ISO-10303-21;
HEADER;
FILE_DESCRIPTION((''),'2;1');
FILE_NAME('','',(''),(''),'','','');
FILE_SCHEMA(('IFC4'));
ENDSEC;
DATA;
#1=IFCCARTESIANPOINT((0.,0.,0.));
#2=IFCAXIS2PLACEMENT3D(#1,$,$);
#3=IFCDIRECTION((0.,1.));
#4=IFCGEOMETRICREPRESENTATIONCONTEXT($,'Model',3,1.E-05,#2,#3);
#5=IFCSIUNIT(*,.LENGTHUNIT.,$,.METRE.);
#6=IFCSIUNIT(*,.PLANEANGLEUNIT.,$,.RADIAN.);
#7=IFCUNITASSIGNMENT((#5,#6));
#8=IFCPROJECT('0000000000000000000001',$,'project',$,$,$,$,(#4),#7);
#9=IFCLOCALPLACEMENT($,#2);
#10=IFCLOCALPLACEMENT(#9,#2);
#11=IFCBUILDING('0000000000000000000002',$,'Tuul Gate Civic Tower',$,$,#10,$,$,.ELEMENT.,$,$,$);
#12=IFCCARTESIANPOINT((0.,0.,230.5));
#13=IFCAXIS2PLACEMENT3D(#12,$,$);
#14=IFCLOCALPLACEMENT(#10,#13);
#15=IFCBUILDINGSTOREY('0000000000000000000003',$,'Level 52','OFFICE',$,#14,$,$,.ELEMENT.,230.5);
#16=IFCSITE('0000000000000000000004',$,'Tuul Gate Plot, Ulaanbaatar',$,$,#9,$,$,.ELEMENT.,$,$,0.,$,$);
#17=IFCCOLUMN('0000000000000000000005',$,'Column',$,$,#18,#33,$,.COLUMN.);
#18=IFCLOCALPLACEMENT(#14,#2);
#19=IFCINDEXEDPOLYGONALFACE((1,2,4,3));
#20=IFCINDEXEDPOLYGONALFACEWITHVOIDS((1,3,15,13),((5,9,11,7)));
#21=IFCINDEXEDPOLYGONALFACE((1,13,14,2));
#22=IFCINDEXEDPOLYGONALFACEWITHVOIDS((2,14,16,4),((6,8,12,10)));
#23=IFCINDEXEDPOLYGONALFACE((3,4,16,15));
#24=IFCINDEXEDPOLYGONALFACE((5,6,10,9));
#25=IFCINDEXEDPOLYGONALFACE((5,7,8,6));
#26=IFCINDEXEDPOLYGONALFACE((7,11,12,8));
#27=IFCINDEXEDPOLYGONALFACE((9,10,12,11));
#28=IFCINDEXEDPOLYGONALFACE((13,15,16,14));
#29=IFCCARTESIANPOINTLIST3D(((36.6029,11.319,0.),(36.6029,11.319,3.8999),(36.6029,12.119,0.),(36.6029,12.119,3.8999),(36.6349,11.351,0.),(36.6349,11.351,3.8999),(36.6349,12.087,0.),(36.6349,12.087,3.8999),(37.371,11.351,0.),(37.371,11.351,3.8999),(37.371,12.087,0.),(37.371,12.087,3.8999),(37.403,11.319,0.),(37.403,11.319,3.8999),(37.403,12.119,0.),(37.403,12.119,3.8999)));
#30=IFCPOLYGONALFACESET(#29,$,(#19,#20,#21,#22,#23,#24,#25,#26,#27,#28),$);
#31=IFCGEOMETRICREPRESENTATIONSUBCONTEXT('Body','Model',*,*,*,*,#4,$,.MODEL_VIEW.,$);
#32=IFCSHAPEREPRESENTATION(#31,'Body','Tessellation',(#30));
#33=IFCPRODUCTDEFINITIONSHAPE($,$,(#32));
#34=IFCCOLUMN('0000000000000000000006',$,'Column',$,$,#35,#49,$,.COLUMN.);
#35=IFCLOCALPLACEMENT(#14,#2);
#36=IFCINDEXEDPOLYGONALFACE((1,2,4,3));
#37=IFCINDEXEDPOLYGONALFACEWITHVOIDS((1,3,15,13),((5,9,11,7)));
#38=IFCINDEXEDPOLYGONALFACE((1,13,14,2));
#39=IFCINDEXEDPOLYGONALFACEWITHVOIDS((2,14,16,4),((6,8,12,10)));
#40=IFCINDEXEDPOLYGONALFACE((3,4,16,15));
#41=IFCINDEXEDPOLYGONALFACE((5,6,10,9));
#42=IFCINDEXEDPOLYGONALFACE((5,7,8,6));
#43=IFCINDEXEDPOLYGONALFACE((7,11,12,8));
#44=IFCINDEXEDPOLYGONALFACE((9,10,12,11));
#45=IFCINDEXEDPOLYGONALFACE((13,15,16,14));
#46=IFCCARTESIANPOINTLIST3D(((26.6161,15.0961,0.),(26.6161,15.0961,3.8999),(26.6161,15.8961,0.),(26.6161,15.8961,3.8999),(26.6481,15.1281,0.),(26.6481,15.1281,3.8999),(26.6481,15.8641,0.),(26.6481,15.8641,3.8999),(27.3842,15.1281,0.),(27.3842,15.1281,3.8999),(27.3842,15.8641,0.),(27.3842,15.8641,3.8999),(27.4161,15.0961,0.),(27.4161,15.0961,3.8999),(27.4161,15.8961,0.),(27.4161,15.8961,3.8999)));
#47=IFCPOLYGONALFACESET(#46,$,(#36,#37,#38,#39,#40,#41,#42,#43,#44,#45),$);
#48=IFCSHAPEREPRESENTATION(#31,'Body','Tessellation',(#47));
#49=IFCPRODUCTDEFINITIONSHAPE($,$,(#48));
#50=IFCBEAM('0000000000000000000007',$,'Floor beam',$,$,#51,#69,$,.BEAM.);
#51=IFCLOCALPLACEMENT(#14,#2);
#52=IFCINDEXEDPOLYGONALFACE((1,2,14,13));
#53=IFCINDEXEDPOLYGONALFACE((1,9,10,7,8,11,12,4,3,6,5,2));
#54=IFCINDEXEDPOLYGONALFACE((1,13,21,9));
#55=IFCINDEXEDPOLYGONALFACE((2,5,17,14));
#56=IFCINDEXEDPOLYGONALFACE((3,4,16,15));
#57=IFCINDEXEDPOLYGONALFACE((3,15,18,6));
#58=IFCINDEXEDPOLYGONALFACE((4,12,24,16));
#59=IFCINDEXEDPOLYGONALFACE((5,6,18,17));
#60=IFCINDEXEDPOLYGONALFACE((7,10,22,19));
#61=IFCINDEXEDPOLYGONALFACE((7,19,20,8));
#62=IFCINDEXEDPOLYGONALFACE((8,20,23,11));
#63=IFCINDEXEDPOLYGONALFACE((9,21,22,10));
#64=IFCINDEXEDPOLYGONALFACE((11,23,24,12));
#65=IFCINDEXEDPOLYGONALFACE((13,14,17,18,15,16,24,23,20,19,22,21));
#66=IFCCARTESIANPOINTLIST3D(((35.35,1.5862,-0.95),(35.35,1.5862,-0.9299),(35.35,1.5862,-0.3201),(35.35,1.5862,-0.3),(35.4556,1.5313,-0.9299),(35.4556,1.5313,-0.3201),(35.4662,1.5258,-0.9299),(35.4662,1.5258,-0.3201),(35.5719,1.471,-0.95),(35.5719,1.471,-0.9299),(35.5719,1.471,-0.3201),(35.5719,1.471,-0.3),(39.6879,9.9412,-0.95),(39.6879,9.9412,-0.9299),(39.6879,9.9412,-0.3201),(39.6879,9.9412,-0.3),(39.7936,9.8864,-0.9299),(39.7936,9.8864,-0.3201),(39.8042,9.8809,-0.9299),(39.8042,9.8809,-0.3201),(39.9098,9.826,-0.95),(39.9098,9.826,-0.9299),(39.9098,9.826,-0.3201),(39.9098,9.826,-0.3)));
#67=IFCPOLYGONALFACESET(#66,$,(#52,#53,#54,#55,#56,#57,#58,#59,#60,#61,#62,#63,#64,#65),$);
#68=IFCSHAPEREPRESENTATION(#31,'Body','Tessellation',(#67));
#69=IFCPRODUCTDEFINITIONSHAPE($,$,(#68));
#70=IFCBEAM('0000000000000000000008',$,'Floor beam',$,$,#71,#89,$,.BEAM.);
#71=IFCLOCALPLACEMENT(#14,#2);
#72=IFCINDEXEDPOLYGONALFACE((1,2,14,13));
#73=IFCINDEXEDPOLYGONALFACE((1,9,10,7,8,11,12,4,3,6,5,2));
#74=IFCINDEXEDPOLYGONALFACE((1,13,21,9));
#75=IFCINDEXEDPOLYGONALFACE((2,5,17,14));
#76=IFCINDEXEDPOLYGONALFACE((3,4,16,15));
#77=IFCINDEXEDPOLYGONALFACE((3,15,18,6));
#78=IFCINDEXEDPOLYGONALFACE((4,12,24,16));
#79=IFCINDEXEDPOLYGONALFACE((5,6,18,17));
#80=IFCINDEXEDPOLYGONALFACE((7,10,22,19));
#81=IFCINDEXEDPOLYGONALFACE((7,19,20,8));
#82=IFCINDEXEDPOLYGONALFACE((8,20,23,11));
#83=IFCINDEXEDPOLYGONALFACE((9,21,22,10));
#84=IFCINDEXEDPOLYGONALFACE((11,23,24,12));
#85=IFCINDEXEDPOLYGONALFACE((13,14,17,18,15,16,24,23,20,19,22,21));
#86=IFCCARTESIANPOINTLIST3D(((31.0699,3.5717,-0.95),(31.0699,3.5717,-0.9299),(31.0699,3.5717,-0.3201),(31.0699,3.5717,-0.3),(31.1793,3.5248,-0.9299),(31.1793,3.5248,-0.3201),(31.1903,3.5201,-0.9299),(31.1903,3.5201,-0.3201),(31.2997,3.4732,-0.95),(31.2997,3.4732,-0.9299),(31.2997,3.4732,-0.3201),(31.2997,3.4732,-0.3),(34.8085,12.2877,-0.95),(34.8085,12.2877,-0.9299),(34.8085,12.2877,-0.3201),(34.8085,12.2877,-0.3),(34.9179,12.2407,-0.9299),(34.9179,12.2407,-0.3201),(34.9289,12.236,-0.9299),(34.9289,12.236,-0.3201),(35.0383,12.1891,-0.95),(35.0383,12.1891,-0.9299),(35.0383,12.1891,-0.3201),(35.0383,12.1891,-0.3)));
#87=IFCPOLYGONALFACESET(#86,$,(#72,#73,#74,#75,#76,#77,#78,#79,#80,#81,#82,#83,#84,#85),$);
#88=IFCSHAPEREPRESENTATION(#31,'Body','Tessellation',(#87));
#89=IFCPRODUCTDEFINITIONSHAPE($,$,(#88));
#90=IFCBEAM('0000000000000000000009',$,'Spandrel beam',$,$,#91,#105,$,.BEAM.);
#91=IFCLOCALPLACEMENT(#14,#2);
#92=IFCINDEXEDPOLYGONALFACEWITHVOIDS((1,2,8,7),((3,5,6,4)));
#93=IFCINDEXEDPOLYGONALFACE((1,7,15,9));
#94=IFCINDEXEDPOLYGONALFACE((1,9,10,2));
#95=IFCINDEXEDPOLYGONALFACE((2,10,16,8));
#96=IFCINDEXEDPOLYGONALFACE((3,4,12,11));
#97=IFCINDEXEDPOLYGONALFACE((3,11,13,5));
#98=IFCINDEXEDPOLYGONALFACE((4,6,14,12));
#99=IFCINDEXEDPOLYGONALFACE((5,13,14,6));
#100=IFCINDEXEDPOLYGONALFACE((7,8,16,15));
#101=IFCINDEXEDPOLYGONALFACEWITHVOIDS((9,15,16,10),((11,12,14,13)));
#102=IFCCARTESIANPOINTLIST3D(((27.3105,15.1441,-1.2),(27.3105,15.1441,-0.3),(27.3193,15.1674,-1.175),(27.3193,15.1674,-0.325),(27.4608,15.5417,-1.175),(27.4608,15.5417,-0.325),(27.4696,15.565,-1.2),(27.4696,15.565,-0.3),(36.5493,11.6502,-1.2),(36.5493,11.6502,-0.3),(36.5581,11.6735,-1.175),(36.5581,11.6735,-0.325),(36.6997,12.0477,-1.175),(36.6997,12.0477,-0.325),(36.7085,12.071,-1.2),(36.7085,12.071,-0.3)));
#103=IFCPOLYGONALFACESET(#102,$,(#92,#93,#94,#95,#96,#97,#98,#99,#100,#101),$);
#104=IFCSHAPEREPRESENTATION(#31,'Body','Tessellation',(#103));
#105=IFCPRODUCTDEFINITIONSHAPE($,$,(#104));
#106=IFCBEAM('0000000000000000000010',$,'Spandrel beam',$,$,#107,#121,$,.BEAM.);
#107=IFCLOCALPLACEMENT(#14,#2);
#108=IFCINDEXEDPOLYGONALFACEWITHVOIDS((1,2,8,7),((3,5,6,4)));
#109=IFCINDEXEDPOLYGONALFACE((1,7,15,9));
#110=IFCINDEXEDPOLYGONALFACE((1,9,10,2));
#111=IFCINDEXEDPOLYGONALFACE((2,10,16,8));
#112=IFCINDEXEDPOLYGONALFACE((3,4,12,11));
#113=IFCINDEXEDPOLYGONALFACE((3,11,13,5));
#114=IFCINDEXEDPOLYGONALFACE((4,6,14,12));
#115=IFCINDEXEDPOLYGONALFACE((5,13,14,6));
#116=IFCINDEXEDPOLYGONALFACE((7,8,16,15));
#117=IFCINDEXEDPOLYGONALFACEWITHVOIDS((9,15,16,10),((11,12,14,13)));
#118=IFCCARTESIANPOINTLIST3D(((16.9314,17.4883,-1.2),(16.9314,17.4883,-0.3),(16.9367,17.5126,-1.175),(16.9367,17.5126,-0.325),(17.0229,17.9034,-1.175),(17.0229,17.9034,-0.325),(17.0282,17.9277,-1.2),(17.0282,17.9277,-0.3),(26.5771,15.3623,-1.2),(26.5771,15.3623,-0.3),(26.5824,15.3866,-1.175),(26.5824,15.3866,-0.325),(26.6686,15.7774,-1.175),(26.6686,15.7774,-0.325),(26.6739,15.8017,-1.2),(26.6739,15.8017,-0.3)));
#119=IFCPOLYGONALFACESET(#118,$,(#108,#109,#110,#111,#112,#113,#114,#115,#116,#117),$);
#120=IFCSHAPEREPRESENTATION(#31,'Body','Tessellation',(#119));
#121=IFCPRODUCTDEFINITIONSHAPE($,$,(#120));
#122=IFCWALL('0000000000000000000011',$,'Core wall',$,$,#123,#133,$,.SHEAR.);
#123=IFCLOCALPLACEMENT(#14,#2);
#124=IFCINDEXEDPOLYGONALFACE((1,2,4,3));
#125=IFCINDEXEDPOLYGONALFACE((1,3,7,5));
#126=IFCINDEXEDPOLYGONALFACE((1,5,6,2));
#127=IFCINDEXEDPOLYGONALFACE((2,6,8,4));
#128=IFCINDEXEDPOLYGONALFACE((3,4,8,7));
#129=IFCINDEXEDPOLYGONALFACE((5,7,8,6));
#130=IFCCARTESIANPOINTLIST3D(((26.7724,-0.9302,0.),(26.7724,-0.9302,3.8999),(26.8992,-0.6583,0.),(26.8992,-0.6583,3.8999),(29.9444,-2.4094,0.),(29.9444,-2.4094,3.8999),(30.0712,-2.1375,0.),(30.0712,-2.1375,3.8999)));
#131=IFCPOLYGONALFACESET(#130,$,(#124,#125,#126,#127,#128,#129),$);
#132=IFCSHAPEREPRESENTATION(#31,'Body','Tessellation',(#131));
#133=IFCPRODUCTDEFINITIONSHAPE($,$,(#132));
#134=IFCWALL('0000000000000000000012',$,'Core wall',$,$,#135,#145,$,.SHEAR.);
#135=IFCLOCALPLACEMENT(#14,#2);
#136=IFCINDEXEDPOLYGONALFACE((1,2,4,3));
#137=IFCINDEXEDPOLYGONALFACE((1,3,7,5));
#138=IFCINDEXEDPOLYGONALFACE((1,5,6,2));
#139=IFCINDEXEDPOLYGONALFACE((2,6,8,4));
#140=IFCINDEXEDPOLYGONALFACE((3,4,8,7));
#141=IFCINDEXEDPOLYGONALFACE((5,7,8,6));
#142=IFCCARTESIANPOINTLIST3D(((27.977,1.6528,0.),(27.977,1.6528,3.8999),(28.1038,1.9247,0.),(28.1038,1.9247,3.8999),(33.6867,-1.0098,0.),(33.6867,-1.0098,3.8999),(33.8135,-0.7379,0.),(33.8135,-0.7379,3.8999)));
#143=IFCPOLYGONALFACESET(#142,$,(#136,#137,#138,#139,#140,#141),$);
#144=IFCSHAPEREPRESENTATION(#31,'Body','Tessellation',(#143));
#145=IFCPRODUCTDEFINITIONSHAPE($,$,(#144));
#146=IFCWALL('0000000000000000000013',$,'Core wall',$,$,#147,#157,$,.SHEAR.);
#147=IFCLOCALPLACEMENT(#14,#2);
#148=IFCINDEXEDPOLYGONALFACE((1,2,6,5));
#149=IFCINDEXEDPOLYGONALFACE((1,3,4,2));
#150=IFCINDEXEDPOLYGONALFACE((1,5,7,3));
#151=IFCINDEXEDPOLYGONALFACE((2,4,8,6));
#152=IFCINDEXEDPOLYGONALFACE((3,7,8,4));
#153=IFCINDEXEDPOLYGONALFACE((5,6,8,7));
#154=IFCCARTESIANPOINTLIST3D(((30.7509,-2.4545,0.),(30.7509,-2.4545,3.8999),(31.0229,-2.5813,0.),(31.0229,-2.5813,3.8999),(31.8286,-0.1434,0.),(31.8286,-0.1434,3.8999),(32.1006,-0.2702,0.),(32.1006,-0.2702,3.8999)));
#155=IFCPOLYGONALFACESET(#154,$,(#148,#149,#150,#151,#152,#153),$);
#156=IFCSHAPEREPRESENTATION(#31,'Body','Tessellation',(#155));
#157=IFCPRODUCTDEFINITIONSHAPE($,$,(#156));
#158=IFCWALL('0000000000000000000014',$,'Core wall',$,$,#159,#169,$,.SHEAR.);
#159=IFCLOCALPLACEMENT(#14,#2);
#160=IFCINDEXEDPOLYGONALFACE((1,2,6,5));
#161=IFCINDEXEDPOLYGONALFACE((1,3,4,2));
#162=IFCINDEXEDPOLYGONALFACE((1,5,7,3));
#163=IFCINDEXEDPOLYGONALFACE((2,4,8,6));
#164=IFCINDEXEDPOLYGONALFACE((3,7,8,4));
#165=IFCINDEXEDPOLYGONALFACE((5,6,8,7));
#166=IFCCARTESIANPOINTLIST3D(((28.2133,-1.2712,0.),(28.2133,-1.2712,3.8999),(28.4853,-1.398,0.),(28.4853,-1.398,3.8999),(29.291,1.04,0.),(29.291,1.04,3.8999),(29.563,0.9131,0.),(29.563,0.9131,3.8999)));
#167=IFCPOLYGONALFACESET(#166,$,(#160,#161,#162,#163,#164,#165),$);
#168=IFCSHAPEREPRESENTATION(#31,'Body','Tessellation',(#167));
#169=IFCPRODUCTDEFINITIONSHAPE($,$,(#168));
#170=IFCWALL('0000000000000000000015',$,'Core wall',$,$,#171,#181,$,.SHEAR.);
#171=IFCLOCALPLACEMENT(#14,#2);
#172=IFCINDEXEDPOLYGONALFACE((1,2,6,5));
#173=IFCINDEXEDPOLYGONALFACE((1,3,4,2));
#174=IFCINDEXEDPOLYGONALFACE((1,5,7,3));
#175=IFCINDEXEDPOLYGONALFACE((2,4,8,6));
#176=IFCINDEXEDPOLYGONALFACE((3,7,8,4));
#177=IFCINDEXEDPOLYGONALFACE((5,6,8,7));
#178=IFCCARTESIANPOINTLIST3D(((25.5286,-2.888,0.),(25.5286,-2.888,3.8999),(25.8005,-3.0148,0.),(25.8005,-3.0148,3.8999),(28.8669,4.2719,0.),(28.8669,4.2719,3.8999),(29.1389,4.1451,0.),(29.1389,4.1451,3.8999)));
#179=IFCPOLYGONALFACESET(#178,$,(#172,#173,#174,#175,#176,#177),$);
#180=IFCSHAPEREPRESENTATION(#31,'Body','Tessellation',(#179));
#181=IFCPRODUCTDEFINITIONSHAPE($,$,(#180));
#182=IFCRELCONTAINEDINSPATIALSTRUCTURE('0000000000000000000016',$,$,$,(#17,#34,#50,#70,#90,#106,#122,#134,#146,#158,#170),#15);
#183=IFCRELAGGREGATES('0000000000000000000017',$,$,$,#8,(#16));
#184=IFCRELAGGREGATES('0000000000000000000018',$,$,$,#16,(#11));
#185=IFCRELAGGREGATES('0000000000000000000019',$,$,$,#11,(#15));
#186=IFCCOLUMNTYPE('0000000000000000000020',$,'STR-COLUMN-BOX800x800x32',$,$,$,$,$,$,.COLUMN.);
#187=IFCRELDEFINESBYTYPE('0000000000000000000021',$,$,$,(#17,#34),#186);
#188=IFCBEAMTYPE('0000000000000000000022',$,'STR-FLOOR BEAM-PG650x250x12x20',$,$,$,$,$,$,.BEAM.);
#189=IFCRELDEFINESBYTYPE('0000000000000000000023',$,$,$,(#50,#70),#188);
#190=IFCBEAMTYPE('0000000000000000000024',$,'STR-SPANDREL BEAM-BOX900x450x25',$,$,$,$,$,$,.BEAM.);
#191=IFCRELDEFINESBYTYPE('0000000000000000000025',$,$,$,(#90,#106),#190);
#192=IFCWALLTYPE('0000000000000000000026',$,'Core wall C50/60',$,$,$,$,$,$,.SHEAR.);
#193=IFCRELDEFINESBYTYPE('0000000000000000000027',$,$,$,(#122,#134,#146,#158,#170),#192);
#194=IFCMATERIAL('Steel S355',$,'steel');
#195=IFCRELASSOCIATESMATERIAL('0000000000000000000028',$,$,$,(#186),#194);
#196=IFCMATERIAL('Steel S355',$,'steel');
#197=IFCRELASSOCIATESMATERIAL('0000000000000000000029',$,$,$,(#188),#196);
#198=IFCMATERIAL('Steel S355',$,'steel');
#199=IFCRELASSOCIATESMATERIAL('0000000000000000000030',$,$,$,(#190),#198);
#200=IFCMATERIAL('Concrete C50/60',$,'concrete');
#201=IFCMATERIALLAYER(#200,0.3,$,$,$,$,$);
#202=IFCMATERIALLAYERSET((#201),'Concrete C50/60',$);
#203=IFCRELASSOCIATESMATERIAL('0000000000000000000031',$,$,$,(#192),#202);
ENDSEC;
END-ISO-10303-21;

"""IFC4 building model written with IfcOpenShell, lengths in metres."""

from ifc_helpers import new_model, si_unit, direction, frame, frame_2d, origin, origin_2d, place, context, subcontext, project, spatial, rectangle, hollow_rectangle, i_section, extrude, material, layer, layer_set, material_profile, profile_set, type_object, element, save


model = new_model("IFC4")

# Units and contexts
model_context = context("Model", 3, precision=1e-05, world=origin(), true_north=direction((0.0, 1.0)))
body_context = subcontext(model_context, "Body", "Model", "MODEL_VIEW")
ifc_project = project(units=[si_unit("LENGTHUNIT", "METRE"), si_unit("PLANEANGLEUNIT", "RADIAN")], contexts=[model_context])

# Site, building, storey
site_placement = place(None, origin())
site = spatial("IfcSite", under=ifc_project, at=site_placement, Name="Tuul Gate Plot, Ulaanbaatar", CompositionType="ELEMENT", RefElevation=0.0)
building_placement = place(site_placement, origin())
building = spatial("IfcBuilding", under=site, at=building_placement, Name="Tuul Gate Civic Tower", CompositionType="ELEMENT")
storey_placement = place(building_placement, frame((0.0, 0.0, 230.5)))
storey = spatial("IfcBuildingStorey", under=building, at=storey_placement, Name="Level 52", Description="OFFICE", CompositionType="ELEMENT", Elevation=230.5)

# Columns
ifc_material_1 = material(Name="Steel S355", Category="steel")
ifc_material_profile_1 = material_profile(ifc_material_1, hollow_rectangle(XDim=0.8, YDim=0.8, WallThickness=0.032, at=origin_2d()), Name="BOX800x800x32")
ifc_profile_set_1 = profile_set([ifc_material_profile_1], Name="Steel S355")
column_type = type_object("IfcColumnType", Name="STR-COLUMN-BOX800x800x32", PredefinedType="COLUMN", material=ifc_profile_set_1)
for number, where, z_axis, x_axis, name in (
    (1, (37.0029, 11.719, 0.0), (0.0, 0.0, 1.0), (1.0, 0.0, 0.0), "Column"),
    (2, (27.0161, 15.4961, 0.0), (0.0, 0.0, 1.0), (1.0, 0.0, 0.0), "Column"),
):
    element("IfcColumn", number, at=place(storey_placement, frame(where, z_axis=z_axis, x_axis=x_axis)), inside=storey, type_object=column_type, Name=name, PredefinedType="COLUMN", context=body_context, shape_type="SweptSolid", body=[
        extrude(hollow_rectangle(XDim=0.8, YDim=0.8, WallThickness=0.032, at=origin_2d()), origin(), (0.0, 0.0, 1.0), 3.8999),
    ])

# Beams
ifc_material_2 = material(Name="Steel S355", Category="steel")
ifc_material_profile_2 = material_profile(ifc_material_2, i_section(OverallWidth=0.25, OverallDepth=0.6499, WebThickness=0.012, FlangeThickness=0.02, at=origin_2d()), Name="PG650x250x12x20")
ifc_profile_set_2 = profile_set([ifc_material_profile_2], Name="Steel S355")
beam_type_1 = type_object("IfcBeamType", Name="STR-FLOOR BEAM-PG650x250x12x20", PredefinedType="BEAM", material=ifc_profile_set_2)
beam_1_placement = place(storey_placement, frame((35.4609, 1.5286, -0.625), z_axis=(0.460792, 0.887508, 0.0), x_axis=(-0.887508, 0.460792, 0.0)))
element("IfcBeam", 3, at=beam_1_placement, inside=storey, type_object=beam_type_1, Name="Floor beam", PredefinedType="BEAM", context=body_context, shape_type="SweptSolid", body=[
    extrude(i_section(OverallWidth=0.25, OverallDepth=0.6499, WebThickness=0.012, FlangeThickness=0.02, at=origin_2d()), origin(), (0.0, 0.0, 1.0), 9.4141),
])
beam_2_placement = place(storey_placement, frame((31.1848, 3.5225, -0.625), z_axis=(0.394202, 0.919024, 0.0), x_axis=(-0.919024, 0.394202, 0.0)))
element("IfcBeam", 4, at=beam_2_placement, inside=storey, type_object=beam_type_1, Name="Floor beam", PredefinedType="BEAM", context=body_context, shape_type="SweptSolid", body=[
    extrude(i_section(OverallWidth=0.25, OverallDepth=0.6499, WebThickness=0.012, FlangeThickness=0.02, at=origin_2d()), origin(), (0.0, 0.0, 1.0), 9.4839),
])
ifc_material_3 = material(Name="Steel S355", Category="steel")
ifc_material_profile_3 = material_profile(ifc_material_3, hollow_rectangle(XDim=0.45, YDim=0.8999, WallThickness=0.0249, at=origin_2d()), Name="BOX900x450x25")
ifc_profile_set_3 = profile_set([ifc_material_profile_3], Name="Steel S355")
beam_type_2 = type_object("IfcBeamType", Name="STR-SPANDREL BEAM-BOX900x450x25", PredefinedType="BEAM", material=ifc_profile_set_3)
beam_3_placement = place(storey_placement, frame((36.6289, 11.8606, -0.75), z_axis=(-0.935348, 0.353728, 0.0), x_axis=(-0.353728, -0.935348, 0.0)))
element("IfcBeam", 5, at=beam_3_placement, inside=storey, type_object=beam_type_2, Name="Spandrel beam", PredefinedType="BEAM", context=body_context, shape_type="SweptSolid", body=[
    extrude(hollow_rectangle(XDim=0.45, YDim=0.8999, WallThickness=0.0249, at=origin_2d()), origin(), (0.0, 0.0, 1.0), 9.8774),
])
beam_4_placement = place(storey_placement, frame((26.6255, 15.582, -0.75), z_axis=(-0.976561, 0.215239, 0.0), x_axis=(-0.215239, -0.976561, 0.0)))
element("IfcBeam", 6, at=beam_4_placement, inside=storey, type_object=beam_type_2, Name="Spandrel beam", PredefinedType="BEAM", context=body_context, shape_type="SweptSolid", body=[
    extrude(hollow_rectangle(XDim=0.45, YDim=0.8999, WallThickness=0.0249, at=origin_2d()), origin(), (0.0, 0.0, 1.0), 9.8772),
])

# Walls
ifc_material_4 = material(Name="Concrete C50/60", Category="concrete")
ifc_layer_1 = layer(ifc_material_4, 0.3)
ifc_layer_set_1 = layer_set([ifc_layer_1], Name="Concrete C50/60")
wall_type_1 = type_object("IfcWallType", Name="Core wall C50/60", PredefinedType="SHEAR", material=ifc_layer_set_1)
wall_1_placement = place(storey_placement, frame((30.0078, -2.2734, 0.0), z_axis=(0.0, 0.0, 1.0), x_axis=(-0.906301, 0.422633, 0.0)))
element("IfcWall", 7, at=wall_1_placement, inside=storey, type_object=wall_type_1, Name="Core wall", PredefinedType="SHEAR", context=body_context, shape_type="SweptSolid", body=[
    extrude(rectangle(XDim=3.5, YDim=0.3, at=frame_2d((1.75, 0.0))), origin(), (0.0, 0.0, 1.0), 3.8999),
])
wall_2_placement = place(storey_placement, frame((33.75, -0.8738, 0.0), z_axis=(0.0, 0.0, 1.0), x_axis=(-0.906301, 0.422633, 0.0)))
element("IfcWall", 8, at=wall_2_placement, inside=storey, type_object=wall_type_1, Name="Core wall", PredefinedType="SHEAR", context=body_context, shape_type="SweptSolid", body=[
    extrude(rectangle(XDim=6.3, YDim=0.3, at=frame_2d((3.1499, 0.0))), origin(), (0.0, 0.0, 1.0), 3.8999),
])
for number, where, z_axis, x_axis, name in (
    (9, (30.887, -2.5178, 0.0), (0.0, 0.0, 1.0), (0.422613, 0.90631, 0.0), "Core wall"),
    (10, (28.3494, -1.3345, 0.0), (0.0, 0.0, 1.0), (0.422613, 0.90631, 0.0), "Core wall"),
):
    element("IfcWall", number, at=place(storey_placement, frame(where, z_axis=z_axis, x_axis=x_axis)), inside=storey, type_object=wall_type_1, Name=name, PredefinedType="SHEAR", context=body_context, shape_type="SweptSolid", body=[
        extrude(rectangle(XDim=2.55, YDim=0.3, at=frame_2d((1.2749, 0.0))), origin(), (0.0, 0.0, 1.0), 3.8999),
    ])
wall_3_placement = place(storey_placement, frame((25.6646, -2.9514, 0.0), z_axis=(0.0, 0.0, 1.0), x_axis=(0.422583, 0.906324, 0.0)))
element("IfcWall", 11, at=wall_3_placement, inside=storey, type_object=wall_type_1, Name="Core wall", PredefinedType="SHEAR", context=body_context, shape_type="SweptSolid", body=[
    extrude(rectangle(XDim=7.8999, YDim=0.3, at=frame_2d((3.95, 0.0))), origin(), (0.0, 0.0, 1.0), 3.8999),
])

save(model, "model.ifc")
